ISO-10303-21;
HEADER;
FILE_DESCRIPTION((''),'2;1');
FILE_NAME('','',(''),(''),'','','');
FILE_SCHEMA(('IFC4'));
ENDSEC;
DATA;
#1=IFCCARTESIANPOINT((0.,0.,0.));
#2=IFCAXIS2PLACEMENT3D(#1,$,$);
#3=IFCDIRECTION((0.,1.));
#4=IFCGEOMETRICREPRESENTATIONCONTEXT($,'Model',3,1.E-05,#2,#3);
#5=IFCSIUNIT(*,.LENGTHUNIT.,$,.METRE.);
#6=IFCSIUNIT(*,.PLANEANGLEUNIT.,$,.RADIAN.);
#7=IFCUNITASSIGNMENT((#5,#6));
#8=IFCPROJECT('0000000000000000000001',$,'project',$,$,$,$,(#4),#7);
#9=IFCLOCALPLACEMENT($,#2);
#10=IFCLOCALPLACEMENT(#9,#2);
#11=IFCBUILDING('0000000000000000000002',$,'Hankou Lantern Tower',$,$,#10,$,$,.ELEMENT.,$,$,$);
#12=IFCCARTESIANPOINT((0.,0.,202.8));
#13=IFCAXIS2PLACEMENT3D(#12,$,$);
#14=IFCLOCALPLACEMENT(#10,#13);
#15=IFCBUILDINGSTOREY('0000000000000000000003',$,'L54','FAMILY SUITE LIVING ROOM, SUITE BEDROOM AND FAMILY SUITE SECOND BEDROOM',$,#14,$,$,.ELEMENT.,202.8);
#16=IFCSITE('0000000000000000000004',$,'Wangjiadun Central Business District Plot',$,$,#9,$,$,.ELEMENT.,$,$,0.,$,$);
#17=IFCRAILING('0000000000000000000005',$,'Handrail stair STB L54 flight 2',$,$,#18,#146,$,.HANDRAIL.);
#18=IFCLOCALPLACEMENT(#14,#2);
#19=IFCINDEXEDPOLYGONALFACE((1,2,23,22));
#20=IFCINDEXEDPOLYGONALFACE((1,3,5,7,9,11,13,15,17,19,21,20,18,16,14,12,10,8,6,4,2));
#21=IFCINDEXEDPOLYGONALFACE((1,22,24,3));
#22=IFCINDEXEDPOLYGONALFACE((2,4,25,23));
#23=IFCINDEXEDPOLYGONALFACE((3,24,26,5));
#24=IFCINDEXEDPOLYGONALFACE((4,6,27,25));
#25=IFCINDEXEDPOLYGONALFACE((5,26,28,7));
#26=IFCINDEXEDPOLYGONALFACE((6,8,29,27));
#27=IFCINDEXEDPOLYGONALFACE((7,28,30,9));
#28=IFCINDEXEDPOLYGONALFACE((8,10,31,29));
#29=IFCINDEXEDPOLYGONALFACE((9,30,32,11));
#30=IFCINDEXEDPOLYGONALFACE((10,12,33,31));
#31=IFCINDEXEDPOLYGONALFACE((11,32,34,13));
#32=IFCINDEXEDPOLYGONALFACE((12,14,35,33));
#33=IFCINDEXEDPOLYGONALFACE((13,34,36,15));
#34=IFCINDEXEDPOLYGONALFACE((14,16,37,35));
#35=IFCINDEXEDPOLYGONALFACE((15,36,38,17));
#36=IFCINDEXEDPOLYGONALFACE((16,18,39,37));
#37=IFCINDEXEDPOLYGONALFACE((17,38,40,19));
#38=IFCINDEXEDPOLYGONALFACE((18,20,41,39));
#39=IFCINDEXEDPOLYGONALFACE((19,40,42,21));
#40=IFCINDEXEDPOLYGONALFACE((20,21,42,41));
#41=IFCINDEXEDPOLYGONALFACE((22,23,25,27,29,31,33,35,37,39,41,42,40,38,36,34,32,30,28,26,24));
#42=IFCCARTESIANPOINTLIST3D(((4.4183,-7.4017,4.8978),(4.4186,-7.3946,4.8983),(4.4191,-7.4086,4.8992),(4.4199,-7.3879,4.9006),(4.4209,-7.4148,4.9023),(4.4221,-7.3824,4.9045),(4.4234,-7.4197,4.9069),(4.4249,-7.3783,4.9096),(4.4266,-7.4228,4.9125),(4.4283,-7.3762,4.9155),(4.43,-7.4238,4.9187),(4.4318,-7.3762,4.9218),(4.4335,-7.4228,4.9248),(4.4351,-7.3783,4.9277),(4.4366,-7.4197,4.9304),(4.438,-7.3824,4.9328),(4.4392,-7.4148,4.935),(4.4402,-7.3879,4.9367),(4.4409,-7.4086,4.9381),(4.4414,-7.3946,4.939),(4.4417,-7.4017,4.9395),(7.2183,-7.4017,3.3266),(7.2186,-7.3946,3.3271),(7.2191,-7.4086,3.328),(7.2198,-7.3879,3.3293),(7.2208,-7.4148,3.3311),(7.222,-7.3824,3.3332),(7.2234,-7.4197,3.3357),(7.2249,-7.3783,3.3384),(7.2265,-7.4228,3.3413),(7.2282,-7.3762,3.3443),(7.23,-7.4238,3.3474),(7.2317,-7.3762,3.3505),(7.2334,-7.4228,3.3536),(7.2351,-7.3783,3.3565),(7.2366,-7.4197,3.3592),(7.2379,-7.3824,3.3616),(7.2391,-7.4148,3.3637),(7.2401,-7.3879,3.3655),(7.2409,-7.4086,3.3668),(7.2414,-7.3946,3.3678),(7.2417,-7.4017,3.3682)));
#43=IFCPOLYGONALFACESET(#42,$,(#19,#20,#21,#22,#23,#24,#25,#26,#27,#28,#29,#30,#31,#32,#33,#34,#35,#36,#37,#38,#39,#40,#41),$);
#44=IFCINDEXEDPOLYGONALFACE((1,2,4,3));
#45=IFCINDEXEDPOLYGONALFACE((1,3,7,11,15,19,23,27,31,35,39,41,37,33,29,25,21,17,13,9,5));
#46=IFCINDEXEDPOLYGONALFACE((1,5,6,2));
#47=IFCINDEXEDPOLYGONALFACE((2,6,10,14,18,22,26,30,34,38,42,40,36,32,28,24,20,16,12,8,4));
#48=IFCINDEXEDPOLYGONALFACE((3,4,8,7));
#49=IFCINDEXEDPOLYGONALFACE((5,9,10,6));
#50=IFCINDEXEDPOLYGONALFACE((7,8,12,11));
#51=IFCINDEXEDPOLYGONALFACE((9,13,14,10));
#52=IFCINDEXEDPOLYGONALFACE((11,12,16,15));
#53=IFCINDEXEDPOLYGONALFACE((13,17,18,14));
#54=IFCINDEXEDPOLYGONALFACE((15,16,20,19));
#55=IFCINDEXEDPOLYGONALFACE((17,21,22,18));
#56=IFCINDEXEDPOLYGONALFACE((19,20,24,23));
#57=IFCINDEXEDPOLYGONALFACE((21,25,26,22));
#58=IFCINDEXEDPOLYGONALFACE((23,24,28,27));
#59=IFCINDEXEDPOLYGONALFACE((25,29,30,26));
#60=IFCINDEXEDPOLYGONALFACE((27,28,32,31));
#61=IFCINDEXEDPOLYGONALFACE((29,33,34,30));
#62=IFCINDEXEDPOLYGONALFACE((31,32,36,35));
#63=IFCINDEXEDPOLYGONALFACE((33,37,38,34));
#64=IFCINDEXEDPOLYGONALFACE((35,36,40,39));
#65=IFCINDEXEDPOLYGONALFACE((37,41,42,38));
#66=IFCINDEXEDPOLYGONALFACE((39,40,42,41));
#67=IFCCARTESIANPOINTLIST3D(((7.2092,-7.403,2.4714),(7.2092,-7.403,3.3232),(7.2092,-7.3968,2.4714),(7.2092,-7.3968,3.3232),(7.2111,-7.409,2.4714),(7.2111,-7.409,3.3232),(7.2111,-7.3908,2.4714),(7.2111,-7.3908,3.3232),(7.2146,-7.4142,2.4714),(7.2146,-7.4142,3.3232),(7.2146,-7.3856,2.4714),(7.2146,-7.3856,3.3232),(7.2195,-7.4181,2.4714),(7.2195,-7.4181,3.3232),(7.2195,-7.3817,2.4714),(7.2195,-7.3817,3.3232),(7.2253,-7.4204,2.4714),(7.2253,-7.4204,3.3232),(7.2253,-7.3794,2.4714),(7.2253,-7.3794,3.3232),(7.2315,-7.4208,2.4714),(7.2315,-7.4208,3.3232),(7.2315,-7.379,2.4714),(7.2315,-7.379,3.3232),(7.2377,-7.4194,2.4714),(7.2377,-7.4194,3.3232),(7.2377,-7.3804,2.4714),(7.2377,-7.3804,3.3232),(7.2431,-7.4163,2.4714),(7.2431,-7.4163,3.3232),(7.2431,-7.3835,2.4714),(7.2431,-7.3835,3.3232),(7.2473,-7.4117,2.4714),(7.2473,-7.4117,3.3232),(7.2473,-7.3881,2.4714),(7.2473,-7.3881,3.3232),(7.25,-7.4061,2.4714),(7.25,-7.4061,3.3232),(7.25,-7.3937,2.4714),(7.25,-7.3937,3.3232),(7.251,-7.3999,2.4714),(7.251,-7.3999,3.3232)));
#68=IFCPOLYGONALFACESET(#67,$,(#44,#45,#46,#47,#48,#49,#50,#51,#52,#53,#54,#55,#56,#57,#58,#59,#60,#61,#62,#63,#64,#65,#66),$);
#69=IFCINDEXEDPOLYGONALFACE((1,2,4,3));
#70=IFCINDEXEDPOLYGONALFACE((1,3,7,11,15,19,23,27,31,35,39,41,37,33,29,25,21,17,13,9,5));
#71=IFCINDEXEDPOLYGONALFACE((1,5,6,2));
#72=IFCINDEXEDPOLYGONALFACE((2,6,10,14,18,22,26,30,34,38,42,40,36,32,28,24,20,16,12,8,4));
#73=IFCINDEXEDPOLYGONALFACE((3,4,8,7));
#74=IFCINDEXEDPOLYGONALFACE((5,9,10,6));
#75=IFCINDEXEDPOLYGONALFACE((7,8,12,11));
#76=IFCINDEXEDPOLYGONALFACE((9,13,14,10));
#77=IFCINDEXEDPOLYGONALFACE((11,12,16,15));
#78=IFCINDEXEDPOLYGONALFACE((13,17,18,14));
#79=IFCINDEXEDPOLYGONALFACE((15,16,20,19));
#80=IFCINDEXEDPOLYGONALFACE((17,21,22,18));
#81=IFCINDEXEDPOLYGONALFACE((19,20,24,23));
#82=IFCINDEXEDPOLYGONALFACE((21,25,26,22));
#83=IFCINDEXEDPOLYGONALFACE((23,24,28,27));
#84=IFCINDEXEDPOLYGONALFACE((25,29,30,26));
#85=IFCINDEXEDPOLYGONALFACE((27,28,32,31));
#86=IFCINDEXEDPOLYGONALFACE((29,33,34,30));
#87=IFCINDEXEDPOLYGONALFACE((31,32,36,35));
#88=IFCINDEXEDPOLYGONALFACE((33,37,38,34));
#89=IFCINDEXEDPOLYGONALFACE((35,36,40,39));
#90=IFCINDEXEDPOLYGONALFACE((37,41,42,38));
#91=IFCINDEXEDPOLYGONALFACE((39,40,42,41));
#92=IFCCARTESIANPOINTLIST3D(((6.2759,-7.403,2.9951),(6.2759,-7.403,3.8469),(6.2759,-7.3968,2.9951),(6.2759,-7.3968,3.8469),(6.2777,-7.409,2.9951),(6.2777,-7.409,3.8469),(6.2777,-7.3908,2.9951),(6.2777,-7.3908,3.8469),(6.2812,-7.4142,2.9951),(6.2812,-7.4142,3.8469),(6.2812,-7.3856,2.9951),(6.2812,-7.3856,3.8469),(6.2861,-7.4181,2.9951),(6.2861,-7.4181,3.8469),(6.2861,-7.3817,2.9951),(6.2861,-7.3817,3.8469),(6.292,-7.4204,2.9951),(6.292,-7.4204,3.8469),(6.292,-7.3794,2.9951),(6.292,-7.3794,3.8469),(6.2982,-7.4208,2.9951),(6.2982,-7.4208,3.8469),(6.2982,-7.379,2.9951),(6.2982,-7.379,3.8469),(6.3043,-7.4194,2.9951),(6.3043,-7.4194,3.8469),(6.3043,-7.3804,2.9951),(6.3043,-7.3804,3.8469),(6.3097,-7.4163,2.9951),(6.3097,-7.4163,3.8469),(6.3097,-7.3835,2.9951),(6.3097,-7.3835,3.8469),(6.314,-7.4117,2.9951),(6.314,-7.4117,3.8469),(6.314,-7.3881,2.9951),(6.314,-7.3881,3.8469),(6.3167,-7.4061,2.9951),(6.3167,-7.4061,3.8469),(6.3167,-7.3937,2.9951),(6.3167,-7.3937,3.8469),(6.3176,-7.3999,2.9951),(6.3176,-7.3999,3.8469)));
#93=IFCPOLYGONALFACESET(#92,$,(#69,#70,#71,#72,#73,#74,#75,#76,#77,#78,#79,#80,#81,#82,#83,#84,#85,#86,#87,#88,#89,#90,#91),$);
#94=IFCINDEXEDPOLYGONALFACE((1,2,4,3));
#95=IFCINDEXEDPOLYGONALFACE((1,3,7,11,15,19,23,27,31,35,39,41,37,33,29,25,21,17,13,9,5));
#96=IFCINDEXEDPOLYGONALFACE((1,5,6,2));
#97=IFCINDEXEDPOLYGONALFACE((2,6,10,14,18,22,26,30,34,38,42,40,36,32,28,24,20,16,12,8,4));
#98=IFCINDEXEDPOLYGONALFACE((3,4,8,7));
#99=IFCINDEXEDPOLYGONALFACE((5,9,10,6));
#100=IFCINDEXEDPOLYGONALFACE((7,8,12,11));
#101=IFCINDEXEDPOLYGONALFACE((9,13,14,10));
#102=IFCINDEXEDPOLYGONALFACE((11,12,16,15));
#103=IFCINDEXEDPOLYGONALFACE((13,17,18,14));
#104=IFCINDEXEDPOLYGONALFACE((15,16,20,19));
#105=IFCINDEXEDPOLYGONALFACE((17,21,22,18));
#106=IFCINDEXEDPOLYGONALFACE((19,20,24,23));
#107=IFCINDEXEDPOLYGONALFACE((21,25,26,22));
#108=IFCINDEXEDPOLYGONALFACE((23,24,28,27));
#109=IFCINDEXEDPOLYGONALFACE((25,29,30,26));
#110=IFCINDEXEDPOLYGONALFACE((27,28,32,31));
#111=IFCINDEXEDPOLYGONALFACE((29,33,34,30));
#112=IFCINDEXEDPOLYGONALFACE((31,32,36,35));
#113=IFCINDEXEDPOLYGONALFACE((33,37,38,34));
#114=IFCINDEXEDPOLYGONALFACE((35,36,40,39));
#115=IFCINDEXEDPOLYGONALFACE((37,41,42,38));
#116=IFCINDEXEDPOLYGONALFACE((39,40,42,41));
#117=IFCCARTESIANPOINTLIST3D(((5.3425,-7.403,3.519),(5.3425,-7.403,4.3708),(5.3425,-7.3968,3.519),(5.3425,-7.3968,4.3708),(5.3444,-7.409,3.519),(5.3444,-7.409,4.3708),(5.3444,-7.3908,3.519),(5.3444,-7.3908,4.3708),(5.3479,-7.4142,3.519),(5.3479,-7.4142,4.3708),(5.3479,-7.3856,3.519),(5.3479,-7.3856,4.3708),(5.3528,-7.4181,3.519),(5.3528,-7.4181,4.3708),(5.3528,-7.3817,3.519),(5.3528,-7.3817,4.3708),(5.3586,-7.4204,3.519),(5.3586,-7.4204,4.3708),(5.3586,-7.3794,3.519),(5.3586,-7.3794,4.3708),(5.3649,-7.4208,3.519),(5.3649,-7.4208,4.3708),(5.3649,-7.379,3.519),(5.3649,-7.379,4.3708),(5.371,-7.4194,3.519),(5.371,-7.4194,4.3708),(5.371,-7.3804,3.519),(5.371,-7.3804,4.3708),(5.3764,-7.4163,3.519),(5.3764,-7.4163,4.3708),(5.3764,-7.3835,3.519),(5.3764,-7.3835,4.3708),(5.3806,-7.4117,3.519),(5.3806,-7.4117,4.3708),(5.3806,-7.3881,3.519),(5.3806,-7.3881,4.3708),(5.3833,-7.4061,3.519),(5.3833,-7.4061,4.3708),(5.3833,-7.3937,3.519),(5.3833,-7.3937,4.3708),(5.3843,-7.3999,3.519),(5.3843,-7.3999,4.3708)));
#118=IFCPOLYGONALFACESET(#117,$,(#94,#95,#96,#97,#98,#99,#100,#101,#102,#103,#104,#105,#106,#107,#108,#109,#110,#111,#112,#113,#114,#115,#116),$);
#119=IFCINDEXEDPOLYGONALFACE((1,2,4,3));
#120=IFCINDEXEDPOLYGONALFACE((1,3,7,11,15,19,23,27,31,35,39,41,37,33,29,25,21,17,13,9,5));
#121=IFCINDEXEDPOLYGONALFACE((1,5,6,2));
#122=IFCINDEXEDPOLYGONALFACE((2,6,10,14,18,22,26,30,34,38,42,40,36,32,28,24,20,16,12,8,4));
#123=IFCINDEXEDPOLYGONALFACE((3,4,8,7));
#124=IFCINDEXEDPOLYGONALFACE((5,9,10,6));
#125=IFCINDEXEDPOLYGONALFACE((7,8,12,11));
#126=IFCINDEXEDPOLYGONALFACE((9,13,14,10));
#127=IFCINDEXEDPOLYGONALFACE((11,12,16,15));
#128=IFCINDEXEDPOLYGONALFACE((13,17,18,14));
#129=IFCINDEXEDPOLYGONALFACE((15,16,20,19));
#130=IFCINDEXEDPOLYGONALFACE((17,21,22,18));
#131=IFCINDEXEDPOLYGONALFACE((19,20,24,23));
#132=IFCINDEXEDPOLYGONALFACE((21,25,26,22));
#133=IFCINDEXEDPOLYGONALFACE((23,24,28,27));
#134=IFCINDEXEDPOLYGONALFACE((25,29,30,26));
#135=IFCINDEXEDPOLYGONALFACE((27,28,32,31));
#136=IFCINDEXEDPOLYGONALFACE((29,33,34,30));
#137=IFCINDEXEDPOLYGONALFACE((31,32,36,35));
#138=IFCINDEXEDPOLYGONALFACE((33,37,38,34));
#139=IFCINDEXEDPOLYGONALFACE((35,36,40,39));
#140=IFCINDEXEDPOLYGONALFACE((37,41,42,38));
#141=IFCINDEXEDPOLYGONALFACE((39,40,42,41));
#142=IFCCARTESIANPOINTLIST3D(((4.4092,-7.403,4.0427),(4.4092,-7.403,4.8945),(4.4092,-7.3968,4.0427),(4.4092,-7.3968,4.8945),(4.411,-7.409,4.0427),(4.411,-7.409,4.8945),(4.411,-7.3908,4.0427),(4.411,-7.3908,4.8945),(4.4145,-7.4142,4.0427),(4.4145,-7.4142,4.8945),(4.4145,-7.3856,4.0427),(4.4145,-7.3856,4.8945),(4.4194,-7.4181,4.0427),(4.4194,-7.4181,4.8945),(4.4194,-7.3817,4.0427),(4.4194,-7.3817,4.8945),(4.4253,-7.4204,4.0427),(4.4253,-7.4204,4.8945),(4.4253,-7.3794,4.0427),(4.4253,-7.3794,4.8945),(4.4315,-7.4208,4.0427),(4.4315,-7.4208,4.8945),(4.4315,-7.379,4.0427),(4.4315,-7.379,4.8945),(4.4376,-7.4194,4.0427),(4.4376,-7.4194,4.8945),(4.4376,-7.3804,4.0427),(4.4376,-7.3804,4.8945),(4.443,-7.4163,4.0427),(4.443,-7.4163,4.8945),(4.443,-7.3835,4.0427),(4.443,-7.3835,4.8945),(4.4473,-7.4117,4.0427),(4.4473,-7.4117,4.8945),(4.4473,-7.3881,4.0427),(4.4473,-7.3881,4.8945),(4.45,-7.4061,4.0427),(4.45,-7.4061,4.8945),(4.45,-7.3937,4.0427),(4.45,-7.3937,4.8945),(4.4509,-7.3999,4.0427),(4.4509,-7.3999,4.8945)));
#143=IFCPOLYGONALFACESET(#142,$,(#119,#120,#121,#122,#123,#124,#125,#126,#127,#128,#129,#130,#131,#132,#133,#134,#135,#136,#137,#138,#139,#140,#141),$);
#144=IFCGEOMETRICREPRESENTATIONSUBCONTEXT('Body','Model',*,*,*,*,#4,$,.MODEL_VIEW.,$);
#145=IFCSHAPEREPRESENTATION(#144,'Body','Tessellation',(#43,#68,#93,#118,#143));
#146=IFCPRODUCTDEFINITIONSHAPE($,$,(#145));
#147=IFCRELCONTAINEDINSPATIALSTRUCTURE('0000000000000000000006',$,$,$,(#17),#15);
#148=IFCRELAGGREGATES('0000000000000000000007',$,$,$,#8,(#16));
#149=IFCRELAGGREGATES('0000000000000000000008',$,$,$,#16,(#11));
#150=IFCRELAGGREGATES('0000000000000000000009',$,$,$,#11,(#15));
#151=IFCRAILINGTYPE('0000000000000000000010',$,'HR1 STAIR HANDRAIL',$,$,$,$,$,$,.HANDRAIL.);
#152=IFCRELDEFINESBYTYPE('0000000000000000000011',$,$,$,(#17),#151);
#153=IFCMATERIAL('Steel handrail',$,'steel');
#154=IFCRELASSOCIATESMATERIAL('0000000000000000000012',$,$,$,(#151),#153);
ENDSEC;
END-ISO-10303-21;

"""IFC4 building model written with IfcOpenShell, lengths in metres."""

from ifc_helpers import new_model, si_unit, direction, frame, origin, origin_2d, place, context, subcontext, project, spatial, circle, extrude, material, type_object, element, save


model = new_model("IFC4")

# Units and contexts
model_context = context("Model", 3, precision=1e-05, world=origin(), true_north=direction((0.0, 1.0)))
body_context = subcontext(model_context, "Body", "Model", "MODEL_VIEW")
ifc_project = project(units=[si_unit("LENGTHUNIT", "METRE"), si_unit("PLANEANGLEUNIT", "RADIAN")], contexts=[model_context])

# Site, building, storey
site_placement = place(None, origin())
site = spatial("IfcSite", under=ifc_project, at=site_placement, Name="Wangjiadun Central Business District Plot", CompositionType="ELEMENT", RefElevation=0.0)
building_placement = place(site_placement, origin())
building = spatial("IfcBuilding", under=site, at=building_placement, Name="Hankou Lantern Tower", CompositionType="ELEMENT")
storey_placement = place(building_placement, frame((0.0, 0.0, 202.8)))
storey = spatial("IfcBuildingStorey", under=building, at=storey_placement, Name="L54", Description="FAMILY SUITE LIVING ROOM, SUITE BEDROOM AND FAMILY SUITE SECOND BEDROOM", CompositionType="ELEMENT", Elevation=202.8)

# Railing
ifc_material_1 = material(Name="Steel handrail", Category="steel")
railing_type = type_object("IfcRailingType", Name="HR1 STAIR HANDRAIL", PredefinedType="HANDRAIL", material=ifc_material_1)
railing_1_placement = place(storey_placement, frame((7.23, -7.3999, 2.4714)))
element("IfcRailing", 1, at=railing_1_placement, inside=storey, type_object=railing_type, Name="Handrail stair STB L54 flight 2", PredefinedType="HANDRAIL", context=body_context, shape_type="SweptSolid", body=[
    extrude(circle(Radius=0.0239, at=origin_2d()), frame((0.0, 0.0, 0.876), z_axis=(-0.872073, 0.0, 0.489377), x_axis=(0.0, -1.0, 0.0)), (0.0, 0.0, 1.0), 3.2107),
    extrude(circle(Radius=0.021, at=origin_2d()), origin(), (0.0, 0.0, 1.0), 0.8518),
    extrude(circle(Radius=0.021, at=origin_2d()), frame((-0.9333, 0.0, 0.5237)), (0.0, 0.0, 1.0), 0.8518),
    extrude(circle(Radius=0.021, at=origin_2d()), frame((-1.8667, 0.0, 1.0476)), (0.0, 0.0, 1.0), 0.8518),
    extrude(circle(Radius=0.021, at=origin_2d()), frame((-2.8, 0.0, 1.5713)), (0.0, 0.0, 1.0), 0.8518),
])

save(model, "model.ifc")
